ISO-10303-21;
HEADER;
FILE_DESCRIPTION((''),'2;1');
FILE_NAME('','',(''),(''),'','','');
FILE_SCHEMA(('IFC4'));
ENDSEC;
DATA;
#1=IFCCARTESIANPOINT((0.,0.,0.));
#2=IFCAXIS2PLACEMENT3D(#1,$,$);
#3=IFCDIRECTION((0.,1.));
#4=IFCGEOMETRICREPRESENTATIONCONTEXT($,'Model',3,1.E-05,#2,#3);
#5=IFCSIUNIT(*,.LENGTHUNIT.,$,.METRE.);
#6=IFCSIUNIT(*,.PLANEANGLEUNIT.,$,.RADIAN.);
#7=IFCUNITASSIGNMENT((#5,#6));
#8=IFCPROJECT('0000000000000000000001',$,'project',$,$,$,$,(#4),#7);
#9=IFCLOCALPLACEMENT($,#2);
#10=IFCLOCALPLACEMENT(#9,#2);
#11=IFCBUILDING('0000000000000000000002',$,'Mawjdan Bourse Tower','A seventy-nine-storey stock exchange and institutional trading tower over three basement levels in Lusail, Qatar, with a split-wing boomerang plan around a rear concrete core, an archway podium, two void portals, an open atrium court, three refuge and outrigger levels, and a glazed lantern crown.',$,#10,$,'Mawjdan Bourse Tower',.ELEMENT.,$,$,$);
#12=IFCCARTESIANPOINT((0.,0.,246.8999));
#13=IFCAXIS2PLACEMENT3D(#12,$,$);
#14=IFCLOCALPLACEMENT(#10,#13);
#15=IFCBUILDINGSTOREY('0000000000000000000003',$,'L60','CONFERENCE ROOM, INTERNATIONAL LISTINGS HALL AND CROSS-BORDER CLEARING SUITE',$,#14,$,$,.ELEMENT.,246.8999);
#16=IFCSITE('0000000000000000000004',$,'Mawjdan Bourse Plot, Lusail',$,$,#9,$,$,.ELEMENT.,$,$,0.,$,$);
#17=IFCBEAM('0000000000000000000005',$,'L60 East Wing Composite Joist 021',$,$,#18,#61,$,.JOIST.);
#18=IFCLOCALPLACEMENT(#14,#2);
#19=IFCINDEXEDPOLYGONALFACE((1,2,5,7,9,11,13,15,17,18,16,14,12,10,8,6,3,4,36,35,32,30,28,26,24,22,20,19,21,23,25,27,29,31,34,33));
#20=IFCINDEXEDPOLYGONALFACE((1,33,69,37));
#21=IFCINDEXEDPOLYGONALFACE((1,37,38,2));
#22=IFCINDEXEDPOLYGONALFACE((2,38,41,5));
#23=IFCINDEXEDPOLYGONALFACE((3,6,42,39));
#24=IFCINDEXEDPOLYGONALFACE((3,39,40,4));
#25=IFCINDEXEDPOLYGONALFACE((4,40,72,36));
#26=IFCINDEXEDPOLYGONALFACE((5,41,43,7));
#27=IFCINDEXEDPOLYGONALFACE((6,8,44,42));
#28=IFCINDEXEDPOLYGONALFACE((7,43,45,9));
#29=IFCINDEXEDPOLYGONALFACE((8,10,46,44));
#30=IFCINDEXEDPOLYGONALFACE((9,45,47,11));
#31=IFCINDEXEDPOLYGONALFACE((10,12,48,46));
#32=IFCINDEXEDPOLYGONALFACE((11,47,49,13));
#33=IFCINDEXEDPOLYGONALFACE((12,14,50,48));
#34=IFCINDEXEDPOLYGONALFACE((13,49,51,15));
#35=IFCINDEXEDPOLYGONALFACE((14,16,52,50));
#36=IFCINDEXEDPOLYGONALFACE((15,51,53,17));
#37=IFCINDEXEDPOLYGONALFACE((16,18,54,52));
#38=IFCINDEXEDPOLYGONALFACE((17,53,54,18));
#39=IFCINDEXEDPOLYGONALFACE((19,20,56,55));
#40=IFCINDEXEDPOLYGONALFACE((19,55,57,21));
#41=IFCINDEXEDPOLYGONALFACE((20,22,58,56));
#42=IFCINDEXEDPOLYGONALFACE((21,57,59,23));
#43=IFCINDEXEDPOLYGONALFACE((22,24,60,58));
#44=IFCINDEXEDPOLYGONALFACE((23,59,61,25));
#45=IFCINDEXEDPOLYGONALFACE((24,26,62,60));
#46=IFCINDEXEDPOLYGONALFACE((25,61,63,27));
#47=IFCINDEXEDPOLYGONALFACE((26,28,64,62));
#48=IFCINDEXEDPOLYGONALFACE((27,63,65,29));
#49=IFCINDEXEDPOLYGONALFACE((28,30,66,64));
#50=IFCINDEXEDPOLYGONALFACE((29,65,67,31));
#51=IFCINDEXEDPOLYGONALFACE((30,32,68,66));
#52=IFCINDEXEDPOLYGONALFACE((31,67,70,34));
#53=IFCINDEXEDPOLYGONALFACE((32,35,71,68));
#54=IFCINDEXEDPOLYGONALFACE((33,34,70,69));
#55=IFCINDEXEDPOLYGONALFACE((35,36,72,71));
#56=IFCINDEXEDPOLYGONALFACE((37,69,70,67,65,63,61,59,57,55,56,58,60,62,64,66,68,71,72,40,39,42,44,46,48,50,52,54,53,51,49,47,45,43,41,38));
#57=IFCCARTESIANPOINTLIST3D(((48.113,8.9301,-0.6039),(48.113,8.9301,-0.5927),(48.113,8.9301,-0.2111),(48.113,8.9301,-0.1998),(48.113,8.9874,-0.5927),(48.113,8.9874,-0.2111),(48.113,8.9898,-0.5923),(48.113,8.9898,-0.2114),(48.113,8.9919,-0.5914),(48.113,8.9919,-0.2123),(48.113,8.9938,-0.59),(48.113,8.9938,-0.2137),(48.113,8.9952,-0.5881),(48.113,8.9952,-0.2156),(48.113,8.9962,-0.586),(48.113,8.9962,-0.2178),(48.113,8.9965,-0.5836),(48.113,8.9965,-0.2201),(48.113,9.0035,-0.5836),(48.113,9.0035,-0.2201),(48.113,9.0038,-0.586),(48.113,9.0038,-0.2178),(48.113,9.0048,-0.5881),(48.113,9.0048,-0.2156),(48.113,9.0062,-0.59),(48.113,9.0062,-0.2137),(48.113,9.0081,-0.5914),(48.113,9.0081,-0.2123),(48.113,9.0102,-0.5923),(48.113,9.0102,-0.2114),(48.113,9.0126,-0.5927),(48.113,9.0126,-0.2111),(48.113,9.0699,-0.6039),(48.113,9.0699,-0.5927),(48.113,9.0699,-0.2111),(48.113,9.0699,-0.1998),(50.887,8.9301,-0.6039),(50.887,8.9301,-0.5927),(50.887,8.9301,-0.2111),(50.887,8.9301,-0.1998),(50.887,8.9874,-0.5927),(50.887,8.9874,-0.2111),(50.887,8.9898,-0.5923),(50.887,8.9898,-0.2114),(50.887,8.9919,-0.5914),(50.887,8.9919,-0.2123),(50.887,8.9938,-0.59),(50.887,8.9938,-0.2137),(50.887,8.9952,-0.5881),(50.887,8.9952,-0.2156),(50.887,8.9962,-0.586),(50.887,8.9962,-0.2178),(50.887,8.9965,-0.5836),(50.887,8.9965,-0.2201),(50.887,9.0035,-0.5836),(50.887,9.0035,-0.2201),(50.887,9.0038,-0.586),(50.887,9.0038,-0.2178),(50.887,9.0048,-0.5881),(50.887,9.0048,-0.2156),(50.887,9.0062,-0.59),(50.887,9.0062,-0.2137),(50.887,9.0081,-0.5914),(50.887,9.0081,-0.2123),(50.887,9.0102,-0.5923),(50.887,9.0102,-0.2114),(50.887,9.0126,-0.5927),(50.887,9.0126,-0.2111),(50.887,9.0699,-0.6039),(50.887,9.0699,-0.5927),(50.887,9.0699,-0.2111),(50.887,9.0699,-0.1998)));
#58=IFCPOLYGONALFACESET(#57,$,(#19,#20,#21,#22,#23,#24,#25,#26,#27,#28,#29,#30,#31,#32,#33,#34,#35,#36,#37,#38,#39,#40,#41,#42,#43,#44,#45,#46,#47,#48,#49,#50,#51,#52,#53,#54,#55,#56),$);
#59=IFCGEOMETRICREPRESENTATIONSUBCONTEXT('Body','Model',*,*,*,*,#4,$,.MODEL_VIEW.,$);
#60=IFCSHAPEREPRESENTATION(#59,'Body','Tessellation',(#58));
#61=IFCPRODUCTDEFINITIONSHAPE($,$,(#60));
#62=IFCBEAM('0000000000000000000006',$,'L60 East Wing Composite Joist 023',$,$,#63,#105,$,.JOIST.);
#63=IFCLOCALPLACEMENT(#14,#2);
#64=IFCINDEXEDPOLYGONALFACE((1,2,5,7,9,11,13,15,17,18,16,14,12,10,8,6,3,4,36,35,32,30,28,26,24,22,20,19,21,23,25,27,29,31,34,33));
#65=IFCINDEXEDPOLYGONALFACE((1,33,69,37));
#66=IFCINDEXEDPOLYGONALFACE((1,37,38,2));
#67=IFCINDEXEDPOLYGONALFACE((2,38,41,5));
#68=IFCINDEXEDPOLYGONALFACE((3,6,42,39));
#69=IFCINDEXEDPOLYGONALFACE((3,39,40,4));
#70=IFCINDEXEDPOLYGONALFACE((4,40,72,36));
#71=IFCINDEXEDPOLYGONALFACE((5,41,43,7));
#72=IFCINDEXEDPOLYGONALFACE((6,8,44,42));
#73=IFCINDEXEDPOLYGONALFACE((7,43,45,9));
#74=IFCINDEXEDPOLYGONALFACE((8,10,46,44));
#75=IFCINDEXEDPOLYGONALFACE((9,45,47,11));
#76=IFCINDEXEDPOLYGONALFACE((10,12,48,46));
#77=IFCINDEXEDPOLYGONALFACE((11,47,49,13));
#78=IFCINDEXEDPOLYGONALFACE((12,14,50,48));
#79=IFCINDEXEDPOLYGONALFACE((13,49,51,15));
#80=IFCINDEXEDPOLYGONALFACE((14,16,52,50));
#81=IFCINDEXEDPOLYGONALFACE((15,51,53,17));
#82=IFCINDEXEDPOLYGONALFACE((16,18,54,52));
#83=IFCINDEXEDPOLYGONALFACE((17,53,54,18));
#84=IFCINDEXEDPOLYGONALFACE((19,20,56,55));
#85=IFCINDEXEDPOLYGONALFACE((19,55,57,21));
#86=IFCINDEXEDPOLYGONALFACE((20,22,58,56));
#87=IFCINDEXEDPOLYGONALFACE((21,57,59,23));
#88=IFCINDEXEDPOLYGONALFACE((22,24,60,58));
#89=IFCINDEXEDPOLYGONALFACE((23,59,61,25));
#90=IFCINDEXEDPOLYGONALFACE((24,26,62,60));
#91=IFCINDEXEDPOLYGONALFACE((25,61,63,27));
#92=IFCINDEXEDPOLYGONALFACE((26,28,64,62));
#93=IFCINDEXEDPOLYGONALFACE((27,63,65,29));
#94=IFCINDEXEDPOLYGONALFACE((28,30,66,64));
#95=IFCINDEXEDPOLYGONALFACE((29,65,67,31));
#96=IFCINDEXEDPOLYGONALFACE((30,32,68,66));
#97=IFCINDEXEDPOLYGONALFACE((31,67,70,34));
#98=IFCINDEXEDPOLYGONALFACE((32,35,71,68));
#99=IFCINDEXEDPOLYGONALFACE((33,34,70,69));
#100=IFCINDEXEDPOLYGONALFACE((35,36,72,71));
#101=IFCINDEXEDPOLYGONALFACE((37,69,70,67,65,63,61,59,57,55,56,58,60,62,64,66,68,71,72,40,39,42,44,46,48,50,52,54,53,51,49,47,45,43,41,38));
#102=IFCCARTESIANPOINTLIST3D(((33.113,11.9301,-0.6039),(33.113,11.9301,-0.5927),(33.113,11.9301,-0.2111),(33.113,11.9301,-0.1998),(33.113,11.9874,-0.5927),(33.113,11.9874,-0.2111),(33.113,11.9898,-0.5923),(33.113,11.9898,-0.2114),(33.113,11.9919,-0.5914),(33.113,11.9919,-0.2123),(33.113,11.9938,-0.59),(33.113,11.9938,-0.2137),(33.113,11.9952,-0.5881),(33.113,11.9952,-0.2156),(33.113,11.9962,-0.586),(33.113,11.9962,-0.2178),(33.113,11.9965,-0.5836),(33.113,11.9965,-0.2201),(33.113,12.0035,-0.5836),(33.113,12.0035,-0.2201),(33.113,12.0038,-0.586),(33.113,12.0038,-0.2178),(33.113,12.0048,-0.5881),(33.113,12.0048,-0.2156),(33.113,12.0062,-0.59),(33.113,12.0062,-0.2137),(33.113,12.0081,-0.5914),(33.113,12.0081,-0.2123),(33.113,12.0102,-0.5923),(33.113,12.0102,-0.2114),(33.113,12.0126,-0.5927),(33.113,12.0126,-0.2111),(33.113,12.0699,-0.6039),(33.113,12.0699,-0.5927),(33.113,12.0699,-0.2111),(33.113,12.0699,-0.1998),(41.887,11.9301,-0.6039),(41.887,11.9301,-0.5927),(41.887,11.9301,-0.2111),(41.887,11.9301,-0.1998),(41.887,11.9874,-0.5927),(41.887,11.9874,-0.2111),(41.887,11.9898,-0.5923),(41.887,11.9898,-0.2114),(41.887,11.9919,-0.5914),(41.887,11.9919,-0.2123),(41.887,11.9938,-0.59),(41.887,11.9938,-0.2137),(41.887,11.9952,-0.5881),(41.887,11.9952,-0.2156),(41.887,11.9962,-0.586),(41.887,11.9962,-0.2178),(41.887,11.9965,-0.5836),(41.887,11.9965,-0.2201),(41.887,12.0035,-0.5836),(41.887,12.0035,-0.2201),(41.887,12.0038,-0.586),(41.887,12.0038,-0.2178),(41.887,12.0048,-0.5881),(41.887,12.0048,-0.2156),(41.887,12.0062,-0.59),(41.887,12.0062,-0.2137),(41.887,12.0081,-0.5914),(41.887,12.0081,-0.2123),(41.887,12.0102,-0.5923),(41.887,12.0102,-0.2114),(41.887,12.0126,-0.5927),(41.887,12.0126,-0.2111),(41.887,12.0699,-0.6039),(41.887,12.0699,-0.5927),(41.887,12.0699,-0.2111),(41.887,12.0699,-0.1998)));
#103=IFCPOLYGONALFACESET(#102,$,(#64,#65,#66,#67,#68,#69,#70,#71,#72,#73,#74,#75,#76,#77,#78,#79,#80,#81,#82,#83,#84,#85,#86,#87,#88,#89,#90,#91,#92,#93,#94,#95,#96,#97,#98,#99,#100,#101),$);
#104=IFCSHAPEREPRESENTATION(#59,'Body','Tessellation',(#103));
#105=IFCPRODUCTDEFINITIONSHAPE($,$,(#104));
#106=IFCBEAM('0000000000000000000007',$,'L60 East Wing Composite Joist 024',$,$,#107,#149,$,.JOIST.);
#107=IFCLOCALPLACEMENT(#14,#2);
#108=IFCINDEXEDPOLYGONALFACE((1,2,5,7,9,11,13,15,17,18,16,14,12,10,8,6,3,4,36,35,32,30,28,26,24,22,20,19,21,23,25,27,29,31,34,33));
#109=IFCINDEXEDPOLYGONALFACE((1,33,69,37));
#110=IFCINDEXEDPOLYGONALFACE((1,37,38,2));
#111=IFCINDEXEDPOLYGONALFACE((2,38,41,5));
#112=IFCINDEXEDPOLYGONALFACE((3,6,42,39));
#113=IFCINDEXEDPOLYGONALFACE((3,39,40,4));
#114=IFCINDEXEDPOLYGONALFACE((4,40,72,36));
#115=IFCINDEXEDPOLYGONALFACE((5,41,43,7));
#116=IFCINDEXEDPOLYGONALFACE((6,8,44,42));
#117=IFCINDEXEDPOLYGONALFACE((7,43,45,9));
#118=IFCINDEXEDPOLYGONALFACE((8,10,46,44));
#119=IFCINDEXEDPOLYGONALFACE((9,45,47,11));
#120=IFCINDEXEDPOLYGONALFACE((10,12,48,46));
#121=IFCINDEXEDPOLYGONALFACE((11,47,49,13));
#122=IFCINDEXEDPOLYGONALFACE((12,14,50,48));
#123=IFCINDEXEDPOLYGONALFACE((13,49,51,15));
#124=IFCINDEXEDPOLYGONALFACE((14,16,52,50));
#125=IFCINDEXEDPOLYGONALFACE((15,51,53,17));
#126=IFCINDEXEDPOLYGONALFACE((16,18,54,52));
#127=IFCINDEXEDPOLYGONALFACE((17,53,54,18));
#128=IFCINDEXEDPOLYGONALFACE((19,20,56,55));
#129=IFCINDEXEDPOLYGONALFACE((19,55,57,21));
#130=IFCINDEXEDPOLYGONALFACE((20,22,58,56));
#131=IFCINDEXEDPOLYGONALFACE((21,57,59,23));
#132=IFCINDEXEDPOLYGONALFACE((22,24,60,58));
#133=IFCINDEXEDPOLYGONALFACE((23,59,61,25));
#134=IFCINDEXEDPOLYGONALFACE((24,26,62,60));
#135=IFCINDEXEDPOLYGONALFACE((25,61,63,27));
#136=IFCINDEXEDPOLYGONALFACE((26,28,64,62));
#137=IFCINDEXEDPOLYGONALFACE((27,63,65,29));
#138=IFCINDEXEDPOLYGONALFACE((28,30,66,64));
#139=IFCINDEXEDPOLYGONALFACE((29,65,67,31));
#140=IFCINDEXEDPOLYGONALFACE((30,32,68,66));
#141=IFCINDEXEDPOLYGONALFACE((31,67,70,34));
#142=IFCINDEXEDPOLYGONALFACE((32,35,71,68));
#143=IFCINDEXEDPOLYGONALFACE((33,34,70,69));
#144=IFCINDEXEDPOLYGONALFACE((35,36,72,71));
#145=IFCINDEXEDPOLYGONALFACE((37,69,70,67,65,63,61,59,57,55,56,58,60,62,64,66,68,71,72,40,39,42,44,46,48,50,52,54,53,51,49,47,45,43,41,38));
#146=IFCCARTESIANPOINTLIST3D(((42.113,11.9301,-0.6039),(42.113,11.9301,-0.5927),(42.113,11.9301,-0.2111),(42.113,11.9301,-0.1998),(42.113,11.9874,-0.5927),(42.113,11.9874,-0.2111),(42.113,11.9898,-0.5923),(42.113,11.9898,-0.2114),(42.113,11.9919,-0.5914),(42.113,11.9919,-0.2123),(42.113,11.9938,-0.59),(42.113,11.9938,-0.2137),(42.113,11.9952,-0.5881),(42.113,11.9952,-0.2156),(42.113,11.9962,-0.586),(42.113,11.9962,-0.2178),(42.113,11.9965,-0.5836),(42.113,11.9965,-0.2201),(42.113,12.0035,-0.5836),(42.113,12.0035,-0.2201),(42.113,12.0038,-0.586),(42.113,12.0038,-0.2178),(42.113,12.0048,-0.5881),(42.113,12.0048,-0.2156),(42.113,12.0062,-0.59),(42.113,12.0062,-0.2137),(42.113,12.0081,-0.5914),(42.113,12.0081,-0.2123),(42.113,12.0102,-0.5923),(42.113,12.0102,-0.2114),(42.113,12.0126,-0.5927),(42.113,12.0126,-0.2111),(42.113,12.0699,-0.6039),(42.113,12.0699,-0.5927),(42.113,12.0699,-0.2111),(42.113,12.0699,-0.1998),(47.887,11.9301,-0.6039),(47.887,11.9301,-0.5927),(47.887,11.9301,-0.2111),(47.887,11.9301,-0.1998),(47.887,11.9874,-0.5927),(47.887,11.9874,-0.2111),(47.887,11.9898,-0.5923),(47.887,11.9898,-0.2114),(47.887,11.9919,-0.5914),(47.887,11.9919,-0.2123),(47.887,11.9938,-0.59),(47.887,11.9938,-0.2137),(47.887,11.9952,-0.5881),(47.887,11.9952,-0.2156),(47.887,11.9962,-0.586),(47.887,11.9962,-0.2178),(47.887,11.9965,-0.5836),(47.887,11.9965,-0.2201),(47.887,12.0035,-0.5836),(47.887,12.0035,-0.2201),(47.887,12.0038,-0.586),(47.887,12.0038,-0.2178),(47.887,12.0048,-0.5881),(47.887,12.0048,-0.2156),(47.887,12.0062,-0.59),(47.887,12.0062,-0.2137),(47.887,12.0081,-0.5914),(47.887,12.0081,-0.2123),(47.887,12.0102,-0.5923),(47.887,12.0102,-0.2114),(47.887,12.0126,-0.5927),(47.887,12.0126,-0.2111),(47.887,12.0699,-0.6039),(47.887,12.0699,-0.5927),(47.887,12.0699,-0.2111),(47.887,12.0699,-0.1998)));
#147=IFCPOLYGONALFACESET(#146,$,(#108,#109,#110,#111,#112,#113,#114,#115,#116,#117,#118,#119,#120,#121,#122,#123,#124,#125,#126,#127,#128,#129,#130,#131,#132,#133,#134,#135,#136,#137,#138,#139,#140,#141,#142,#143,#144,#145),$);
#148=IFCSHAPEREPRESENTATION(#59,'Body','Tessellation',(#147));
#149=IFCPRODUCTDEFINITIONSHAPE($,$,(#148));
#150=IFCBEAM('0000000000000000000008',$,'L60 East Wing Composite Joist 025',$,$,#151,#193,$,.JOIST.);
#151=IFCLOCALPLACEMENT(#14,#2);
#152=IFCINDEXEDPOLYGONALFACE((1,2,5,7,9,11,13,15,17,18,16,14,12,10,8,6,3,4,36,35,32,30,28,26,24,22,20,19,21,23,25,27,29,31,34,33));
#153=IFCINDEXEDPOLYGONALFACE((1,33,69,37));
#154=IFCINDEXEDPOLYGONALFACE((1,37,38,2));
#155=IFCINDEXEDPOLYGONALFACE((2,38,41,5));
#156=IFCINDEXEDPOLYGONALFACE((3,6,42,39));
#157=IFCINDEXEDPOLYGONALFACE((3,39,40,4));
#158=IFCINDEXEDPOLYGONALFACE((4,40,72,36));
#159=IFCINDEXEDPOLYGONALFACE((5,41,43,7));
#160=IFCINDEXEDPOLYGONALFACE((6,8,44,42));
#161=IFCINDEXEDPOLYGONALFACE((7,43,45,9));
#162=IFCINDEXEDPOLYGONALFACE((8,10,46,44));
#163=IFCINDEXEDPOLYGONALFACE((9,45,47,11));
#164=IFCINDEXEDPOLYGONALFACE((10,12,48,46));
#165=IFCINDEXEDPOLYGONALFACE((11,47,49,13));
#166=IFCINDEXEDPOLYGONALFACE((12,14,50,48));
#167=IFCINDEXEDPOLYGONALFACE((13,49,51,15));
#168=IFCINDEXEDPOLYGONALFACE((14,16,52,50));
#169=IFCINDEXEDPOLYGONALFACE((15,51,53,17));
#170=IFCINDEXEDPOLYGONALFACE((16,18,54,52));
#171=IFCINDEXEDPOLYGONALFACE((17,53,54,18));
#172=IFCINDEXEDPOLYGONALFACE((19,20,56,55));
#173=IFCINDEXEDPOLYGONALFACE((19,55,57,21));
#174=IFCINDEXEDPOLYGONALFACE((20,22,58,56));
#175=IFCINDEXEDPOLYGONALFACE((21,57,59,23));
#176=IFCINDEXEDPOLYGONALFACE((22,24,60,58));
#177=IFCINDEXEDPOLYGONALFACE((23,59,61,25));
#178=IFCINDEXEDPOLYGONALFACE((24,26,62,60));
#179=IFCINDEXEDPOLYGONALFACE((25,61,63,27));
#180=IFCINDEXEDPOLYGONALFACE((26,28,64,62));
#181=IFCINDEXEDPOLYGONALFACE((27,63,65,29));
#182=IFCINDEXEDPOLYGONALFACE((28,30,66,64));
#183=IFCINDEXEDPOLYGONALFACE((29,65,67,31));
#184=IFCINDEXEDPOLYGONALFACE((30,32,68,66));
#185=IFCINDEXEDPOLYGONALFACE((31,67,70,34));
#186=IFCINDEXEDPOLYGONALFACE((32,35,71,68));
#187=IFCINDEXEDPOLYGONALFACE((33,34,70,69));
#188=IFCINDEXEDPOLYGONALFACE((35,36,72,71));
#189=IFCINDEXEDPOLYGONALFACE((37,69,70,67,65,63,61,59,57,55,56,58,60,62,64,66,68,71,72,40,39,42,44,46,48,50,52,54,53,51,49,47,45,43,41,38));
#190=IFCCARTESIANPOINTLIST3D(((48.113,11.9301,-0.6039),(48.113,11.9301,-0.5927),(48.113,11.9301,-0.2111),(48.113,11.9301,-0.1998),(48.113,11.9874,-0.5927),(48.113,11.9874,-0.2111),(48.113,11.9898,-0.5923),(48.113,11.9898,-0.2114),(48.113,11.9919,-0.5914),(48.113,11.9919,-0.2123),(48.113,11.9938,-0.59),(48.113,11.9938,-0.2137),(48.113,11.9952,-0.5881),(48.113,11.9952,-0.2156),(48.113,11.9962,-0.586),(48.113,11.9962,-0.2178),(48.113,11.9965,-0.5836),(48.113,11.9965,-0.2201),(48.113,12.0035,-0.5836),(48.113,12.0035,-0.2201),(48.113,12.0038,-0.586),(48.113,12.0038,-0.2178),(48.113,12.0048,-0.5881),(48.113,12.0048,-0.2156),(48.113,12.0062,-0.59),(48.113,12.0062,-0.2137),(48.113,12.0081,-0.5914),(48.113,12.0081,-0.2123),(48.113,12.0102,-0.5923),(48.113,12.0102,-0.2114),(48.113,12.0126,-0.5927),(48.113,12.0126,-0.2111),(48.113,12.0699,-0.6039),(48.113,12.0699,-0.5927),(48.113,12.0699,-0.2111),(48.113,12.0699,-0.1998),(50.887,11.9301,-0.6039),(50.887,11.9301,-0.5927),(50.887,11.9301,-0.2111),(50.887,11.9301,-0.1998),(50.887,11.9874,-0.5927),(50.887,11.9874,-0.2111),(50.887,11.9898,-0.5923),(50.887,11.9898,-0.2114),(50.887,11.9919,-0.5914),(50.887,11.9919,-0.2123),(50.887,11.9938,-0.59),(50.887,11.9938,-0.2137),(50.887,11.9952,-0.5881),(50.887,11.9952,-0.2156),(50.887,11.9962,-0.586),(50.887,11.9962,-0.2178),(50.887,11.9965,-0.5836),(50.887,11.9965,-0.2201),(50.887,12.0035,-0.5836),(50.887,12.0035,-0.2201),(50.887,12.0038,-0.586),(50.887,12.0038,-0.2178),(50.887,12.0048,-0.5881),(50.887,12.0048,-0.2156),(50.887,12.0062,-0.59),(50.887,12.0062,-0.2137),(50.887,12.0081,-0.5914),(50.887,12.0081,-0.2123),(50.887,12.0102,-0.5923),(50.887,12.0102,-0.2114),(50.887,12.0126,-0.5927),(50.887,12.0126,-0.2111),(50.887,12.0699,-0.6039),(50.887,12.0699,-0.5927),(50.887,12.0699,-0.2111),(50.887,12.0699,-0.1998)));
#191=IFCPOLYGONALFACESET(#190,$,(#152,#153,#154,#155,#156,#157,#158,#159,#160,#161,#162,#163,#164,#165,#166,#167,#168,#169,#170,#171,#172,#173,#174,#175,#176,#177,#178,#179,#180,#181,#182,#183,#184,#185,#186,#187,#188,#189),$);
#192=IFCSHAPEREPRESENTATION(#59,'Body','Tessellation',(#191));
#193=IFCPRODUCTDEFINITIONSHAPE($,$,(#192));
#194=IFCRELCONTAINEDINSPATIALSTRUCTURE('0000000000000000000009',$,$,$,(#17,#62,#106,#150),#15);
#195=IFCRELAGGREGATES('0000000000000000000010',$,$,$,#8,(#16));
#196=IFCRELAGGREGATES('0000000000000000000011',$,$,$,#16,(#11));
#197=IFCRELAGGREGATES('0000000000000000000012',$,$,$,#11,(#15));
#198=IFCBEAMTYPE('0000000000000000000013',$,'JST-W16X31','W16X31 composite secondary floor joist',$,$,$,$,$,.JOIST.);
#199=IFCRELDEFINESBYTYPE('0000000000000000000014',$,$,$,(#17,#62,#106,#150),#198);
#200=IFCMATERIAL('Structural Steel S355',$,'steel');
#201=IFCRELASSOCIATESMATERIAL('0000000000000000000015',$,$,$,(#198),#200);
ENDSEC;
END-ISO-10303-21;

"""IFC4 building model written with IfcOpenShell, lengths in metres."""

from ifc_helpers import new_model, si_unit, direction, frame, origin, origin_2d, place, context, subcontext, project, spatial, i_section, extrude, material, material_profile, profile_set, type_object, element, save


model = new_model("IFC4")

# Units and contexts
model_context = context("Model", 3, precision=1e-05, world=origin(), true_north=direction((0.0, 1.0)))
body_context = subcontext(model_context, "Body", "Model", "MODEL_VIEW")
ifc_project = project(units=[si_unit("LENGTHUNIT", "METRE"), si_unit("PLANEANGLEUNIT", "RADIAN")], contexts=[model_context])

# Site, building, storey
site_placement = place(None, origin())
site = spatial("IfcSite", under=ifc_project, at=site_placement, Name="Mawjdan Bourse Plot, Lusail", CompositionType="ELEMENT", RefElevation=0.0)
building_placement = place(site_placement, origin())
building = spatial("IfcBuilding", under=site, at=building_placement, Name="Mawjdan Bourse Tower", Description="A seventy-nine-storey stock exchange and institutional trading tower over three basement levels in Lusail, Qatar, with a split-wing boomerang plan around a rear concrete core, an archway podium, two void portals, an open atrium court, three refuge and outrigger levels, and a glazed lantern crown.", LongName="Mawjdan Bourse Tower", CompositionType="ELEMENT")
storey_placement = place(building_placement, frame((0.0, 0.0, 246.8999)))
storey = spatial("IfcBuildingStorey", under=building, at=storey_placement, Name="L60", Description="CONFERENCE ROOM, INTERNATIONAL LISTINGS HALL AND CROSS-BORDER CLEARING SUITE", CompositionType="ELEMENT", Elevation=246.8999)

# Beams
ifc_material_1 = material(Name="Structural Steel S355", Category="steel")
ifc_material_profile_1 = material_profile(ifc_material_1, i_section(OverallWidth=0.1399, OverallDepth=0.4041, WebThickness=0.0071, FlangeThickness=0.0112, FilletRadius=0.009, at=origin_2d()), Name="W16X31")
ifc_profile_set_1 = profile_set([ifc_material_profile_1], Name="Structural Steel S355")
beam_type_1 = type_object("IfcBeamType", Name="JST-W16X31", Description="W16X31 composite secondary floor joist", PredefinedType="JOIST", material=ifc_profile_set_1)
beam_1_placement = place(storey_placement, frame((48.113, 9.0, -0.4019), z_axis=(1.0, 0.0, 0.0), x_axis=(0.0, 1.0, 0.0)))
element("IfcBeam", 1, at=beam_1_placement, inside=storey, type_object=beam_type_1, Name="L60 East Wing Composite Joist 021", PredefinedType="JOIST", context=body_context, shape_type="SweptSolid", body=[
    extrude(i_section(OverallWidth=0.1399, OverallDepth=0.4041, WebThickness=0.0071, FlangeThickness=0.0112, FilletRadius=0.009, at=origin_2d()), origin(), (0.0, 0.0, 1.0), 2.7739),
])
beam_2_placement = place(storey_placement, frame((33.113, 12.0, -0.4019), z_axis=(1.0, 0.0, 0.0), x_axis=(0.0, 1.0, 0.0)))
element("IfcBeam", 2, at=beam_2_placement, inside=storey, type_object=beam_type_1, Name="L60 East Wing Composite Joist 023", PredefinedType="JOIST", context=body_context, shape_type="SweptSolid", body=[
    extrude(i_section(OverallWidth=0.1399, OverallDepth=0.4041, WebThickness=0.0071, FlangeThickness=0.0112, FilletRadius=0.009, at=origin_2d()), origin(), (0.0, 0.0, 1.0), 8.7739),
])
beam_3_placement = place(storey_placement, frame((42.113, 12.0, -0.4019), z_axis=(1.0, 0.0, 0.0), x_axis=(0.0, 1.0, 0.0)))
element("IfcBeam", 3, at=beam_3_placement, inside=storey, type_object=beam_type_1, Name="L60 East Wing Composite Joist 024", PredefinedType="JOIST", context=body_context, shape_type="SweptSolid", body=[
    extrude(i_section(OverallWidth=0.1399, OverallDepth=0.4041, WebThickness=0.0071, FlangeThickness=0.0112, FilletRadius=0.009, at=origin_2d()), origin(), (0.0, 0.0, 1.0), 5.7739),
])
beam_4_placement = place(storey_placement, frame((48.113, 12.0, -0.4019), z_axis=(1.0, 0.0, 0.0), x_axis=(0.0, 1.0, 0.0)))
element("IfcBeam", 4, at=beam_4_placement, inside=storey, type_object=beam_type_1, Name="L60 East Wing Composite Joist 025", PredefinedType="JOIST", context=body_context, shape_type="SweptSolid", body=[
    extrude(i_section(OverallWidth=0.1399, OverallDepth=0.4041, WebThickness=0.0071, FlangeThickness=0.0112, FilletRadius=0.009, at=origin_2d()), origin(), (0.0, 0.0, 1.0), 2.7739),
])

save(model, "model.ifc")
